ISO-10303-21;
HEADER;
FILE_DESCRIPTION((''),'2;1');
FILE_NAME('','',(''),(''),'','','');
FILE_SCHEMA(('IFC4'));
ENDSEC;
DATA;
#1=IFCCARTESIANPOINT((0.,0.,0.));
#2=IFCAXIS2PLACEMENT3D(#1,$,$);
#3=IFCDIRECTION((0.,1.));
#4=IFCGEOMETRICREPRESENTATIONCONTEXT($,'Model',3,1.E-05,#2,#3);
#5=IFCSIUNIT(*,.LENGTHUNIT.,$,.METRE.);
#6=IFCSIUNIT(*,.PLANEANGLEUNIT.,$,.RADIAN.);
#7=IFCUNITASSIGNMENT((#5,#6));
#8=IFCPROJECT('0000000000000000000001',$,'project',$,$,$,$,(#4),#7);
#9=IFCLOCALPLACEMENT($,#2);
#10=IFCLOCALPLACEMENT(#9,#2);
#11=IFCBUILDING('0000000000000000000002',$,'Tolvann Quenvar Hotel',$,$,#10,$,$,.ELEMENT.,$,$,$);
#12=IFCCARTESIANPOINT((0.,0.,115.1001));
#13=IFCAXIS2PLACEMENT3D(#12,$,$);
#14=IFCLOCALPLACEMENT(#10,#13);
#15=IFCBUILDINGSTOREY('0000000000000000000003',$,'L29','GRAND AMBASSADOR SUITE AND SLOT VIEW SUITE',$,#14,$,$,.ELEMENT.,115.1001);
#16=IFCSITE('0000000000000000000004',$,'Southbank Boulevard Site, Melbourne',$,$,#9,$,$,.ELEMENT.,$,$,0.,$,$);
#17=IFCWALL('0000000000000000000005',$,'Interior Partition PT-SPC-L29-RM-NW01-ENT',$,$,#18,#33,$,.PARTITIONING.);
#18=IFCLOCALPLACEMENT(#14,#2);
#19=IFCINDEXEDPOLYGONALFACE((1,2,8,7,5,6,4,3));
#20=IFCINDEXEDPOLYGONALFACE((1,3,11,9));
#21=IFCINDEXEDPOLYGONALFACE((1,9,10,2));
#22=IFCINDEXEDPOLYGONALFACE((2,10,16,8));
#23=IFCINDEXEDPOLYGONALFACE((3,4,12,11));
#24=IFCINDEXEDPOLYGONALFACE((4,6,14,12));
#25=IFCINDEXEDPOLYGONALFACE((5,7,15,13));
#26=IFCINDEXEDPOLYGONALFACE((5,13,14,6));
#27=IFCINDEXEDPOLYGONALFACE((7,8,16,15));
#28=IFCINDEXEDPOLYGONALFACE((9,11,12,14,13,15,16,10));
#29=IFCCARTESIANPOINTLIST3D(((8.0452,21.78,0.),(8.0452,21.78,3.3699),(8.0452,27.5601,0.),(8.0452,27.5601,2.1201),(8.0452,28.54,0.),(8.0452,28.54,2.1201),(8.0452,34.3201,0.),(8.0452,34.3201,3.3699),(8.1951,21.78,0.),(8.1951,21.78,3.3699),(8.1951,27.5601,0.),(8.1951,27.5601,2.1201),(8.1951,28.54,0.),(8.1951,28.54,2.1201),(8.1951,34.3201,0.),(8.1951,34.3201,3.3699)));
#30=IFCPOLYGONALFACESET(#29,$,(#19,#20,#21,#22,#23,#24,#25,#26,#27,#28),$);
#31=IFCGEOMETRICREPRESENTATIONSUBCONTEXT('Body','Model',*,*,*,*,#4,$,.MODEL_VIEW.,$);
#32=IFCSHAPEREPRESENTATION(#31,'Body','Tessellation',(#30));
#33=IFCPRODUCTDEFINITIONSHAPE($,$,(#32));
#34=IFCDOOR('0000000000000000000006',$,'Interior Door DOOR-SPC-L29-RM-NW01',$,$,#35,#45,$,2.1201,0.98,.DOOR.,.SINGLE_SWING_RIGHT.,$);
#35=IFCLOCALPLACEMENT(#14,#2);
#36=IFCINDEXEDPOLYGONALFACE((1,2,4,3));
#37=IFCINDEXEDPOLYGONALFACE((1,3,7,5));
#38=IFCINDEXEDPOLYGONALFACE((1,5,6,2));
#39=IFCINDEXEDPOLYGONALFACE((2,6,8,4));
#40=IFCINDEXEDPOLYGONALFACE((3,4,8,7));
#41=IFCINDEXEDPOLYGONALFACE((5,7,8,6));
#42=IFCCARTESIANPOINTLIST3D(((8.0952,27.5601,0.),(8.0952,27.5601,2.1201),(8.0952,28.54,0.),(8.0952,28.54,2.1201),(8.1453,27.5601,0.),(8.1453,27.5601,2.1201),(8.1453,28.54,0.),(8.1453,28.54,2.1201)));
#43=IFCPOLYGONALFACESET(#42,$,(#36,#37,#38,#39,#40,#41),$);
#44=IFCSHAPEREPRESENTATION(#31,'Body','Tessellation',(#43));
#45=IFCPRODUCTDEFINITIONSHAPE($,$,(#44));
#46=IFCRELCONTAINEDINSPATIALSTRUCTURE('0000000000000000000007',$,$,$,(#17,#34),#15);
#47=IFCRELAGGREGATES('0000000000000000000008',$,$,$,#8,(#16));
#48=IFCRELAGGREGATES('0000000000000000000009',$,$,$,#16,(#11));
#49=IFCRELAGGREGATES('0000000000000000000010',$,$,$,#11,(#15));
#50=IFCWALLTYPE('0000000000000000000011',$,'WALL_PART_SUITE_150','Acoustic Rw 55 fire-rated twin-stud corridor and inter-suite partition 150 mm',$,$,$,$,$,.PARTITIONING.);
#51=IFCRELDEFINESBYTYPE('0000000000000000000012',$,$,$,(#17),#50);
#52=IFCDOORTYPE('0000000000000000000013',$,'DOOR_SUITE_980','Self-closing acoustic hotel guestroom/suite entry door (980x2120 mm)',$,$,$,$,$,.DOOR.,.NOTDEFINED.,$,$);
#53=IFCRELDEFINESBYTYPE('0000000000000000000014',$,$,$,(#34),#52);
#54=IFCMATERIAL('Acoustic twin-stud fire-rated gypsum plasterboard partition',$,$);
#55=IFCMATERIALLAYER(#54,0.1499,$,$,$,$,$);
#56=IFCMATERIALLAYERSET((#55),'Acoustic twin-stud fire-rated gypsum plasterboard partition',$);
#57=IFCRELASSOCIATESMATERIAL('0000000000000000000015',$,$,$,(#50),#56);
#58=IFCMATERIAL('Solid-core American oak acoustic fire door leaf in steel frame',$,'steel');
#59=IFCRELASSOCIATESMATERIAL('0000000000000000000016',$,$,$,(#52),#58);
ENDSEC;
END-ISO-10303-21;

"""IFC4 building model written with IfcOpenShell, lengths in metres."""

from ifc_helpers import new_model, si_unit, direction, frame, frame_2d, origin, place, context, subcontext, project, spatial, rectangle, extrude, source, transform, mapped, material, layer, layer_set, type_object, type_shapes, element, fill, save


model = new_model("IFC4")

# Units and contexts
model_context = context("Model", 3, precision=1e-05, world=origin(), true_north=direction((0.0, 1.0)))
body_context = subcontext(model_context, "Body", "Model", "MODEL_VIEW")
ifc_project = project(units=[si_unit("LENGTHUNIT", "METRE"), si_unit("PLANEANGLEUNIT", "RADIAN")], contexts=[model_context])

# Site, building, storey
site_placement = place(None, origin())
site = spatial("IfcSite", under=ifc_project, at=site_placement, Name="Southbank Boulevard Site, Melbourne", CompositionType="ELEMENT", RefElevation=0.0)
building_placement = place(site_placement, origin())
building = spatial("IfcBuilding", under=site, at=building_placement, Name="Tolvann Quenvar Hotel", CompositionType="ELEMENT")
storey_placement = place(building_placement, frame((0.0, 0.0, 115.1001)))
storey = spatial("IfcBuildingStorey", under=building, at=storey_placement, Name="L29", Description="GRAND AMBASSADOR SUITE AND SLOT VIEW SUITE", CompositionType="ELEMENT", Elevation=115.1001)

# Shared definitions
ifc_material_1 = material(Name="Solid-core American oak acoustic fire door leaf in steel frame", Category="steel")

# Shared definitions
ifc_material_2 = material(Name="Acoustic twin-stud fire-rated gypsum plasterboard partition")
ifc_layer_1 = layer(ifc_material_2, 0.1499)
ifc_layer_set_1 = layer_set([ifc_layer_1], Name="Acoustic twin-stud fire-rated gypsum plasterboard partition")
wall_type_1 = type_object("IfcWallType", Name="WALL_PART_SUITE_150", Description="Acoustic Rw 55 fire-rated twin-stud corridor and inter-suite partition 150 mm", PredefinedType="PARTITIONING", material=ifc_layer_set_1)

# Wall, opening, door
wall_1_placement = place(storey_placement, frame((8.1201, 21.78, 0.0), z_axis=(0.0, 0.0, 1.0), x_axis=(0.0, 1.0, 0.0)))
wall_1 = element("IfcWall", 1, at=wall_1_placement, inside=storey, type_object=wall_type_1, Name="Interior Partition PT-SPC-L29-RM-NW01-ENT", PredefinedType="PARTITIONING", context=body_context, shape_type="SweptSolid", body=[
    extrude(rectangle(XDim=12.54, YDim=0.1499, at=frame_2d((6.27, 0.0))), origin(), (0.0, 0.0, 1.0), 3.3699),
])
opening_1_placement = place(wall_1_placement, frame((5.78, 0.0, 0.0)))
opening_1 = element("IfcOpeningElement", 2, at=opening_1_placement, cuts=wall_1, PredefinedType="OPENING", context=body_context, shape_type="SweptSolid", body=[
    extrude(rectangle(XDim=0.98, YDim=2.1201, at=frame_2d((0.49, 1.0601))), frame((0.0, 0.085, 0.0), z_axis=(0.0, -1.0, 0.0), x_axis=(1.0, 0.0, 0.0)), (0.0, 0.0, 1.0), 0.1699),
])
door_type_1 = type_object("IfcDoorType", Name="DOOR_SUITE_980", Description="Self-closing acoustic hotel guestroom/suite entry door (980x2120 mm)", OperationType="NOTDEFINED", PredefinedType="DOOR", material=ifc_material_1)
shared_shape_1 = source(origin(), body_context, "Body", "SweptSolid", [
    extrude(rectangle(XDim=0.98, YDim=2.1201, at=frame_2d((0.49, 1.0601))), frame((0.0, 0.0249, 0.0), z_axis=(0.0, -1.0, 0.0), x_axis=(1.0, 0.0, 0.0)), (0.0, 0.0, 1.0), 0.05),
])
type_shapes(door_type_1, [shared_shape_1])
door_1_placement = place(opening_1_placement, origin())
door_1 = element("IfcDoor", 3, at=door_1_placement, inside=storey, type_object=door_type_1, Name="Interior Door DOOR-SPC-L29-RM-NW01", OperationType="SINGLE_SWING_RIGHT", OverallHeight=2.1201, OverallWidth=0.98, PredefinedType="DOOR", context=body_context, shape_type="MappedRepresentation", body=[
    mapped(shared_shape_1, transform((0.0, 0.0, 0.0), x_axis=(1.0, 0.0, 0.0), y_axis=(0.0, 1.0, 0.0), z_axis=(0.0, 0.0, 1.0), scale=1.0)),
])
fill(opening_1, door_1)

save(model, "model.ifc")
